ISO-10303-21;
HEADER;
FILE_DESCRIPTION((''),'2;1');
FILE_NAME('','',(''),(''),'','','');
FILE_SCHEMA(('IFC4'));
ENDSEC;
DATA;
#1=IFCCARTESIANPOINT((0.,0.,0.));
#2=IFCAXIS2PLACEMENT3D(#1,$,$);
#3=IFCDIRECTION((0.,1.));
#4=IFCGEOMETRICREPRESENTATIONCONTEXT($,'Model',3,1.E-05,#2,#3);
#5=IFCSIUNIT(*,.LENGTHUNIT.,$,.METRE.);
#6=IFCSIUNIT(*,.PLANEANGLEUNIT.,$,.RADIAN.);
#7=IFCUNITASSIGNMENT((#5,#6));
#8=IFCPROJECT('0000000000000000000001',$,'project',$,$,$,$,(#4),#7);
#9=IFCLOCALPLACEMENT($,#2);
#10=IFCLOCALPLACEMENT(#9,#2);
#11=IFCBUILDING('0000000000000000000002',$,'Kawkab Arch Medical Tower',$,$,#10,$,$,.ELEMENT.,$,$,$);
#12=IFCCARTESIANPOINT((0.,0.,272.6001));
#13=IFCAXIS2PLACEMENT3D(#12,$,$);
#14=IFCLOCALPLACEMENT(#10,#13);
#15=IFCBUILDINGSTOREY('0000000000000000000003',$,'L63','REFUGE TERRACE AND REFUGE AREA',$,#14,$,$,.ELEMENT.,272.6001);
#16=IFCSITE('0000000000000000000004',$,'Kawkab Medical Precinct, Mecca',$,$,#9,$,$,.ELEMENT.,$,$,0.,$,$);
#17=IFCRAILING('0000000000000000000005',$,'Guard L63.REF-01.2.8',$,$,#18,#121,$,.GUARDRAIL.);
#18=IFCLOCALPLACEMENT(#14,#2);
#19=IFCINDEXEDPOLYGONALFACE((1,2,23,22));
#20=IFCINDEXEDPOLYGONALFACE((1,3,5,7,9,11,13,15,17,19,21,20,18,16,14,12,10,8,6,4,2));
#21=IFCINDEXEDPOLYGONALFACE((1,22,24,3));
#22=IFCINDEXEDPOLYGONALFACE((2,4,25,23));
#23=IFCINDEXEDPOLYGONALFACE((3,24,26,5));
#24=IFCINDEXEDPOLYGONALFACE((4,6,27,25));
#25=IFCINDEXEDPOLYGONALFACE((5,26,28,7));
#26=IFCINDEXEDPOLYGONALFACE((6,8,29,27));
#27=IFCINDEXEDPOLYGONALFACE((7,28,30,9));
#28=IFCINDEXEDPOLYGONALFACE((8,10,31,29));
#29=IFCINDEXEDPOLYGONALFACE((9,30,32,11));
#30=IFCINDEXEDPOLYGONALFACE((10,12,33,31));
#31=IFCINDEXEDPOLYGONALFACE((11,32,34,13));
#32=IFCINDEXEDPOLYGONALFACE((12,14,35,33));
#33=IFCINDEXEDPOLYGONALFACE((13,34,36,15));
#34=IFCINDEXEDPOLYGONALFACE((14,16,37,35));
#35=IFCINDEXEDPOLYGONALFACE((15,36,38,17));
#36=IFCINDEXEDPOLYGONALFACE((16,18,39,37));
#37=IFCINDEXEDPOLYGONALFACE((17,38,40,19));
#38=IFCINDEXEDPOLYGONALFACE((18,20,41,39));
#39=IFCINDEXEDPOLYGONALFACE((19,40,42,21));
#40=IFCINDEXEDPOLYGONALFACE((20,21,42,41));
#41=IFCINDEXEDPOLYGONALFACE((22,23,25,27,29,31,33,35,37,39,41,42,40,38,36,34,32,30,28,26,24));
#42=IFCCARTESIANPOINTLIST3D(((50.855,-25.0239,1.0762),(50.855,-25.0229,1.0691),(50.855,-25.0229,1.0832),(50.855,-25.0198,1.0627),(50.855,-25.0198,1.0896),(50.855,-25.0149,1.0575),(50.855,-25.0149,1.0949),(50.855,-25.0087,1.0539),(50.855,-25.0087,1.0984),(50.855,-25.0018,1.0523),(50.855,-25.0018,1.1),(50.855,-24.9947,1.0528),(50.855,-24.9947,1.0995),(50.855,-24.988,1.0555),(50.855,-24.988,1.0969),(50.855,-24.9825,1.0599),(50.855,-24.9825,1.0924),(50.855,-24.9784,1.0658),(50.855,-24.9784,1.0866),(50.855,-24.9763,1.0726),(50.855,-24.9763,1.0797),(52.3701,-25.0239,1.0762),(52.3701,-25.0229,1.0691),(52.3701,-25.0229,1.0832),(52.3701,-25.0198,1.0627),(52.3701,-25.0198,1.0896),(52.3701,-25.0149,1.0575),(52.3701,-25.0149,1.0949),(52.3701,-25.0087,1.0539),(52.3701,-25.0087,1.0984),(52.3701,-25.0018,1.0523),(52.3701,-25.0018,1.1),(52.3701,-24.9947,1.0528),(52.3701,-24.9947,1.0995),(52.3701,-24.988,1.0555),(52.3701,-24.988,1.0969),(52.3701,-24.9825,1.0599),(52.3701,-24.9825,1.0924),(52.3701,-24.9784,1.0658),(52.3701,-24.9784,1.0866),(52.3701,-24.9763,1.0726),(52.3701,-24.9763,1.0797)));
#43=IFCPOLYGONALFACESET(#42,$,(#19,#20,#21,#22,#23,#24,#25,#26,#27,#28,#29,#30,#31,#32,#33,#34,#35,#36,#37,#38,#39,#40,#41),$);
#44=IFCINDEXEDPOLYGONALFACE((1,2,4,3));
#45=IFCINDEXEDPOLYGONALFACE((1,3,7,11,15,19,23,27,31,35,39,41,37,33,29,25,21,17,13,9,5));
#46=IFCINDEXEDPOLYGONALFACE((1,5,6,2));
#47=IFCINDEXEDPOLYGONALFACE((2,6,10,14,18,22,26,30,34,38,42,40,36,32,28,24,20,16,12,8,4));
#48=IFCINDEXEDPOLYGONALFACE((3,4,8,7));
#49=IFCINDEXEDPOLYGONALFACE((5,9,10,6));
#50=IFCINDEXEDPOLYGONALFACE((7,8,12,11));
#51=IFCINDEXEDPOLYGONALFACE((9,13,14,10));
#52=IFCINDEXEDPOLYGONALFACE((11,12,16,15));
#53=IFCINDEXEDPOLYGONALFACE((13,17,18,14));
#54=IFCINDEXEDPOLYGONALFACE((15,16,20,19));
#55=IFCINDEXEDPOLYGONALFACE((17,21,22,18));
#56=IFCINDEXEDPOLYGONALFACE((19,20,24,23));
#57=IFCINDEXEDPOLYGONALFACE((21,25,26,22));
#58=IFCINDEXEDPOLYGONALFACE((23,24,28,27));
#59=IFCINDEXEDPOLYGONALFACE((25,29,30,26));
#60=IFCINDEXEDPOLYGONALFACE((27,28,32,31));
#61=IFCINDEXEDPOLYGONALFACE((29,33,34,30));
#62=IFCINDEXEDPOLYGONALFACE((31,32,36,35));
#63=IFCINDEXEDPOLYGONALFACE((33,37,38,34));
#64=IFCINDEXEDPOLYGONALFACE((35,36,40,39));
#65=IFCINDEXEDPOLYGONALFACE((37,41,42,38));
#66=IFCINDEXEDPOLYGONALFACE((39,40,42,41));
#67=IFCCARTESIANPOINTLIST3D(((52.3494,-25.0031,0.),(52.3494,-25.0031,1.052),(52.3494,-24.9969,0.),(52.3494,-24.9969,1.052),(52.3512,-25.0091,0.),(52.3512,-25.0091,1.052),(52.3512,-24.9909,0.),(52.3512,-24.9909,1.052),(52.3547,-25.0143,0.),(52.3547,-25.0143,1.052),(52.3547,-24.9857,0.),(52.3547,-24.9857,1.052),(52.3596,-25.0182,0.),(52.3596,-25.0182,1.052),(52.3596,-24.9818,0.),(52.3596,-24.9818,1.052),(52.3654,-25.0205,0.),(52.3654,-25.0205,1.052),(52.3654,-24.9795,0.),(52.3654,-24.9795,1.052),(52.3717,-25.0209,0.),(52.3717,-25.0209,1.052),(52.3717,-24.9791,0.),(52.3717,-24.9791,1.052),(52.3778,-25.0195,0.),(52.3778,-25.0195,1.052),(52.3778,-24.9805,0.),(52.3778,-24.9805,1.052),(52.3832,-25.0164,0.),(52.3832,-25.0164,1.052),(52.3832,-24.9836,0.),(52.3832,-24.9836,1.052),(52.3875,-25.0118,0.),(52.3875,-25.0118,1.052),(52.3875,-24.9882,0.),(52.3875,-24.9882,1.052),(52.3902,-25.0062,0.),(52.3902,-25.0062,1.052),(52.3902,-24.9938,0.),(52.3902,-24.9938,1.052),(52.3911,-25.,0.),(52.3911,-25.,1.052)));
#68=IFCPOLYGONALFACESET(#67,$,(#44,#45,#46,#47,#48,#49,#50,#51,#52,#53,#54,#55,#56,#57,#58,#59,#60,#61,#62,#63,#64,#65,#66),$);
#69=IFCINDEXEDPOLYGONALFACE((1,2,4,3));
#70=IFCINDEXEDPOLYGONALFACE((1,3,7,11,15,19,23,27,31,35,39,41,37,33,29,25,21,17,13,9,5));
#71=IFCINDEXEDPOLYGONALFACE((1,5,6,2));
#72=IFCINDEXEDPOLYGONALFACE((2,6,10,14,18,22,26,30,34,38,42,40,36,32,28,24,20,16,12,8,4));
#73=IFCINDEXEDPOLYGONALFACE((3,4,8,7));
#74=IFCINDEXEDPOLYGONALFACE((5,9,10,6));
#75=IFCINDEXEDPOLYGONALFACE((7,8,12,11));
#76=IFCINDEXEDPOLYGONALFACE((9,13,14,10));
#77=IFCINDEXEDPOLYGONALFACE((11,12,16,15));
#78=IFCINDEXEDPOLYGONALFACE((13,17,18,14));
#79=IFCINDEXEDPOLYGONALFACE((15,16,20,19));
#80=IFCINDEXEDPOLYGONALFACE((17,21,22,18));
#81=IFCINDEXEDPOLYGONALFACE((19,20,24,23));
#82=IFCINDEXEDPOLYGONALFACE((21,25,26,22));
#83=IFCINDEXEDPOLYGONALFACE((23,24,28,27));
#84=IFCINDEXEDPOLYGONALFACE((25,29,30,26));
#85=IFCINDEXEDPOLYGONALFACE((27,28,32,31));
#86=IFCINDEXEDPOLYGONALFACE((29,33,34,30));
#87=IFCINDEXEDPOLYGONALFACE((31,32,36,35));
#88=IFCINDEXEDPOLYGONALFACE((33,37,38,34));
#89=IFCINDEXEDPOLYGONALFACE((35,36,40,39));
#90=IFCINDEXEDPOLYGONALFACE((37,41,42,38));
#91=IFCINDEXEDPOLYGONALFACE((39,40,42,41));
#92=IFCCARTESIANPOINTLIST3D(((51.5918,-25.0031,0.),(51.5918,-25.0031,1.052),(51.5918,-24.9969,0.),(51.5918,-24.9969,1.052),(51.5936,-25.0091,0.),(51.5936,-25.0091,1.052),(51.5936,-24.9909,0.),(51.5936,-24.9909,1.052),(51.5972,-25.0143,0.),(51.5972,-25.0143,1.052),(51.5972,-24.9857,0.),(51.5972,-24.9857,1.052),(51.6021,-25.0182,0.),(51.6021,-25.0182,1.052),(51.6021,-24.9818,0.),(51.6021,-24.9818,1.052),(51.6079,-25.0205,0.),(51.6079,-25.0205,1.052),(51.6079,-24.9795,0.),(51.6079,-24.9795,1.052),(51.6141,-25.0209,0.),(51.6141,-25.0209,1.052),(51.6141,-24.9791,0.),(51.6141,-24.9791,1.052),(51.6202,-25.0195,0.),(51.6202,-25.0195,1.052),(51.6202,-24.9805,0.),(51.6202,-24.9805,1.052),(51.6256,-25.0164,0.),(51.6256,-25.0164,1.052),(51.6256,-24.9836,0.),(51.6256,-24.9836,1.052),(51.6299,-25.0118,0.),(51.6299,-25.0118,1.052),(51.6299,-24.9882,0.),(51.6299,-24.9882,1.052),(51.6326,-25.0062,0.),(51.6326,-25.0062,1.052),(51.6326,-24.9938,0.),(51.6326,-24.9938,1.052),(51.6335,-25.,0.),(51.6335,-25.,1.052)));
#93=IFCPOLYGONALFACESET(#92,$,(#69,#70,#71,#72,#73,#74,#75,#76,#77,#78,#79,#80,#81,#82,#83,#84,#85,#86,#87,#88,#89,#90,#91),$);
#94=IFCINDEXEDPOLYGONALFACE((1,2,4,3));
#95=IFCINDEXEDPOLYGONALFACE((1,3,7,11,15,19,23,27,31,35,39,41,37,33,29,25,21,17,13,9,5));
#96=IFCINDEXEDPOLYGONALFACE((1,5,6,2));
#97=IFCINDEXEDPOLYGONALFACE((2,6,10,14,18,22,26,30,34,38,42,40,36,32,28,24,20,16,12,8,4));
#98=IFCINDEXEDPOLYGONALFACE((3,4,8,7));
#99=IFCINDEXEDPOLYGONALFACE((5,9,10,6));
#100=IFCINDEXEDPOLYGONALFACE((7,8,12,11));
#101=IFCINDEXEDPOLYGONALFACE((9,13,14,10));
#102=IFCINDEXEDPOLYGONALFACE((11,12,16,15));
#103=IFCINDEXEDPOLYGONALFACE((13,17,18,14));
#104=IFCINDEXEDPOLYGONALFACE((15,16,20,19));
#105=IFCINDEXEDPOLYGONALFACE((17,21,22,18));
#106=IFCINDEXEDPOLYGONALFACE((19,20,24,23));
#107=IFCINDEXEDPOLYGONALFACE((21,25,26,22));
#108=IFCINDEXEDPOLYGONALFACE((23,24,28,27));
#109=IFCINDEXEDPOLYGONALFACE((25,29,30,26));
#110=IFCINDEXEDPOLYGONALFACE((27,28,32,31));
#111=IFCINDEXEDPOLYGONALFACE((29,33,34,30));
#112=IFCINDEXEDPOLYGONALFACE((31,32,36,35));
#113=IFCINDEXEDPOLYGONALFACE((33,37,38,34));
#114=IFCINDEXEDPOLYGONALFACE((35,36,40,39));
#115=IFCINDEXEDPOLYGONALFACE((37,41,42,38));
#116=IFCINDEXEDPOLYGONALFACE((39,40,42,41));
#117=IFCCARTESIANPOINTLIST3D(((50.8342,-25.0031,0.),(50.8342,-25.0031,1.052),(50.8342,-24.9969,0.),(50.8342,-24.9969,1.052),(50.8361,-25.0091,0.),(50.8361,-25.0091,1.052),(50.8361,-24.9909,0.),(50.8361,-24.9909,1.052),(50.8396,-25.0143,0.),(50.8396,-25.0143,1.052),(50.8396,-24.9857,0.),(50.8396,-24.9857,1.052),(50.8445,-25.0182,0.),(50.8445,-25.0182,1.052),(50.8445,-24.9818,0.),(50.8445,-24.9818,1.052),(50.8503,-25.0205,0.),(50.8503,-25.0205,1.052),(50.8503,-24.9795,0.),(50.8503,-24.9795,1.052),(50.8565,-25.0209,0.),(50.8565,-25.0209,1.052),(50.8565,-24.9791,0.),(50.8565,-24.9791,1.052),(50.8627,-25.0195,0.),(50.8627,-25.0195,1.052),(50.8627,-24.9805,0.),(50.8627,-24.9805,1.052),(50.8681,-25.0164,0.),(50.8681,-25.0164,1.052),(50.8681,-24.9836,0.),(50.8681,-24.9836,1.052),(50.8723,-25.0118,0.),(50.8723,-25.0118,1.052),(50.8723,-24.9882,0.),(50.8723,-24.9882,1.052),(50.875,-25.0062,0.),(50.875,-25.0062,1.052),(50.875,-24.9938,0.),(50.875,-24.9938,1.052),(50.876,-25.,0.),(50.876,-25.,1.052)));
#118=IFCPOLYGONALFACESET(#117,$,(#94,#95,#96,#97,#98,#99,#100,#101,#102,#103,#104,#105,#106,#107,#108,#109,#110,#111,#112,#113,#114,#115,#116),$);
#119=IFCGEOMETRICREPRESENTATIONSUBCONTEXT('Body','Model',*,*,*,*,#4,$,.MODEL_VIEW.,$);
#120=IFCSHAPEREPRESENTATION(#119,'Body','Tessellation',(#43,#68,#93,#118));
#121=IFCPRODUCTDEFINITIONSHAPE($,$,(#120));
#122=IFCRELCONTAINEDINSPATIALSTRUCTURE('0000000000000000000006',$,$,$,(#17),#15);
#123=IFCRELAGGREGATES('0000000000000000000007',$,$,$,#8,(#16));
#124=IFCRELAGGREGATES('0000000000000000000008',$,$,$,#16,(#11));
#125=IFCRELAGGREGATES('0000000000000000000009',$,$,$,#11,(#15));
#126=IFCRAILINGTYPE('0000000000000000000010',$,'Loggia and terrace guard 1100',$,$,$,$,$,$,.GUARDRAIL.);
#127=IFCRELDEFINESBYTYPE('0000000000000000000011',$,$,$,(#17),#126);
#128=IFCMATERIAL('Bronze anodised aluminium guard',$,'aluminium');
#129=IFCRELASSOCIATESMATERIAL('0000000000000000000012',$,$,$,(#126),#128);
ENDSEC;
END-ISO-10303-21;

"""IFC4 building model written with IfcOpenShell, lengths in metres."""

from ifc_helpers import new_model, si_unit, direction, frame, origin, origin_2d, place, context, subcontext, project, spatial, circle, extrude, material, type_object, element, save


model = new_model("IFC4")

# Units and contexts
model_context = context("Model", 3, precision=1e-05, world=origin(), true_north=direction((0.0, 1.0)))
body_context = subcontext(model_context, "Body", "Model", "MODEL_VIEW")
ifc_project = project(units=[si_unit("LENGTHUNIT", "METRE"), si_unit("PLANEANGLEUNIT", "RADIAN")], contexts=[model_context])

# Site, building, storey
site_placement = place(None, origin())
site = spatial("IfcSite", under=ifc_project, at=site_placement, Name="Kawkab Medical Precinct, Mecca", CompositionType="ELEMENT", RefElevation=0.0)
building_placement = place(site_placement, origin())
building = spatial("IfcBuilding", under=site, at=building_placement, Name="Kawkab Arch Medical Tower", CompositionType="ELEMENT")
storey_placement = place(building_placement, frame((0.0, 0.0, 272.6001)))
storey = spatial("IfcBuildingStorey", under=building, at=storey_placement, Name="L63", Description="REFUGE TERRACE AND REFUGE AREA", CompositionType="ELEMENT", Elevation=272.6001)

# Railing
ifc_material_1 = material(Name="Bronze anodised aluminium guard", Category="aluminium")
railing_type = type_object("IfcRailingType", Name="Loggia and terrace guard 1100", PredefinedType="GUARDRAIL", material=ifc_material_1)
railing_1_placement = place(storey_placement, frame((52.3701, -25.0, 0.0)))
element("IfcRailing", 1, at=railing_1_placement, inside=storey, type_object=railing_type, Name="Guard L63.REF-01.2.8", PredefinedType="GUARDRAIL", context=body_context, shape_type="SweptSolid", body=[
    extrude(circle(Radius=0.0239, at=origin_2d()), frame((0.0, 0.0, 1.0762), z_axis=(-1.0, 0.0, 0.0), x_axis=(0.0, -1.0, 0.0)), (0.0, 0.0, 1.0), 1.5151),
    extrude(circle(Radius=0.021, at=origin_2d()), origin(), (0.0, 0.0, 1.0), 1.052),
    extrude(circle(Radius=0.021, at=origin_2d()), frame((-0.7576, 0.0, 0.0)), (0.0, 0.0, 1.0), 1.052),
    extrude(circle(Radius=0.021, at=origin_2d()), frame((-1.5151, 0.0, 0.0)), (0.0, 0.0, 1.0), 1.052),
])

save(model, "model.ifc")
